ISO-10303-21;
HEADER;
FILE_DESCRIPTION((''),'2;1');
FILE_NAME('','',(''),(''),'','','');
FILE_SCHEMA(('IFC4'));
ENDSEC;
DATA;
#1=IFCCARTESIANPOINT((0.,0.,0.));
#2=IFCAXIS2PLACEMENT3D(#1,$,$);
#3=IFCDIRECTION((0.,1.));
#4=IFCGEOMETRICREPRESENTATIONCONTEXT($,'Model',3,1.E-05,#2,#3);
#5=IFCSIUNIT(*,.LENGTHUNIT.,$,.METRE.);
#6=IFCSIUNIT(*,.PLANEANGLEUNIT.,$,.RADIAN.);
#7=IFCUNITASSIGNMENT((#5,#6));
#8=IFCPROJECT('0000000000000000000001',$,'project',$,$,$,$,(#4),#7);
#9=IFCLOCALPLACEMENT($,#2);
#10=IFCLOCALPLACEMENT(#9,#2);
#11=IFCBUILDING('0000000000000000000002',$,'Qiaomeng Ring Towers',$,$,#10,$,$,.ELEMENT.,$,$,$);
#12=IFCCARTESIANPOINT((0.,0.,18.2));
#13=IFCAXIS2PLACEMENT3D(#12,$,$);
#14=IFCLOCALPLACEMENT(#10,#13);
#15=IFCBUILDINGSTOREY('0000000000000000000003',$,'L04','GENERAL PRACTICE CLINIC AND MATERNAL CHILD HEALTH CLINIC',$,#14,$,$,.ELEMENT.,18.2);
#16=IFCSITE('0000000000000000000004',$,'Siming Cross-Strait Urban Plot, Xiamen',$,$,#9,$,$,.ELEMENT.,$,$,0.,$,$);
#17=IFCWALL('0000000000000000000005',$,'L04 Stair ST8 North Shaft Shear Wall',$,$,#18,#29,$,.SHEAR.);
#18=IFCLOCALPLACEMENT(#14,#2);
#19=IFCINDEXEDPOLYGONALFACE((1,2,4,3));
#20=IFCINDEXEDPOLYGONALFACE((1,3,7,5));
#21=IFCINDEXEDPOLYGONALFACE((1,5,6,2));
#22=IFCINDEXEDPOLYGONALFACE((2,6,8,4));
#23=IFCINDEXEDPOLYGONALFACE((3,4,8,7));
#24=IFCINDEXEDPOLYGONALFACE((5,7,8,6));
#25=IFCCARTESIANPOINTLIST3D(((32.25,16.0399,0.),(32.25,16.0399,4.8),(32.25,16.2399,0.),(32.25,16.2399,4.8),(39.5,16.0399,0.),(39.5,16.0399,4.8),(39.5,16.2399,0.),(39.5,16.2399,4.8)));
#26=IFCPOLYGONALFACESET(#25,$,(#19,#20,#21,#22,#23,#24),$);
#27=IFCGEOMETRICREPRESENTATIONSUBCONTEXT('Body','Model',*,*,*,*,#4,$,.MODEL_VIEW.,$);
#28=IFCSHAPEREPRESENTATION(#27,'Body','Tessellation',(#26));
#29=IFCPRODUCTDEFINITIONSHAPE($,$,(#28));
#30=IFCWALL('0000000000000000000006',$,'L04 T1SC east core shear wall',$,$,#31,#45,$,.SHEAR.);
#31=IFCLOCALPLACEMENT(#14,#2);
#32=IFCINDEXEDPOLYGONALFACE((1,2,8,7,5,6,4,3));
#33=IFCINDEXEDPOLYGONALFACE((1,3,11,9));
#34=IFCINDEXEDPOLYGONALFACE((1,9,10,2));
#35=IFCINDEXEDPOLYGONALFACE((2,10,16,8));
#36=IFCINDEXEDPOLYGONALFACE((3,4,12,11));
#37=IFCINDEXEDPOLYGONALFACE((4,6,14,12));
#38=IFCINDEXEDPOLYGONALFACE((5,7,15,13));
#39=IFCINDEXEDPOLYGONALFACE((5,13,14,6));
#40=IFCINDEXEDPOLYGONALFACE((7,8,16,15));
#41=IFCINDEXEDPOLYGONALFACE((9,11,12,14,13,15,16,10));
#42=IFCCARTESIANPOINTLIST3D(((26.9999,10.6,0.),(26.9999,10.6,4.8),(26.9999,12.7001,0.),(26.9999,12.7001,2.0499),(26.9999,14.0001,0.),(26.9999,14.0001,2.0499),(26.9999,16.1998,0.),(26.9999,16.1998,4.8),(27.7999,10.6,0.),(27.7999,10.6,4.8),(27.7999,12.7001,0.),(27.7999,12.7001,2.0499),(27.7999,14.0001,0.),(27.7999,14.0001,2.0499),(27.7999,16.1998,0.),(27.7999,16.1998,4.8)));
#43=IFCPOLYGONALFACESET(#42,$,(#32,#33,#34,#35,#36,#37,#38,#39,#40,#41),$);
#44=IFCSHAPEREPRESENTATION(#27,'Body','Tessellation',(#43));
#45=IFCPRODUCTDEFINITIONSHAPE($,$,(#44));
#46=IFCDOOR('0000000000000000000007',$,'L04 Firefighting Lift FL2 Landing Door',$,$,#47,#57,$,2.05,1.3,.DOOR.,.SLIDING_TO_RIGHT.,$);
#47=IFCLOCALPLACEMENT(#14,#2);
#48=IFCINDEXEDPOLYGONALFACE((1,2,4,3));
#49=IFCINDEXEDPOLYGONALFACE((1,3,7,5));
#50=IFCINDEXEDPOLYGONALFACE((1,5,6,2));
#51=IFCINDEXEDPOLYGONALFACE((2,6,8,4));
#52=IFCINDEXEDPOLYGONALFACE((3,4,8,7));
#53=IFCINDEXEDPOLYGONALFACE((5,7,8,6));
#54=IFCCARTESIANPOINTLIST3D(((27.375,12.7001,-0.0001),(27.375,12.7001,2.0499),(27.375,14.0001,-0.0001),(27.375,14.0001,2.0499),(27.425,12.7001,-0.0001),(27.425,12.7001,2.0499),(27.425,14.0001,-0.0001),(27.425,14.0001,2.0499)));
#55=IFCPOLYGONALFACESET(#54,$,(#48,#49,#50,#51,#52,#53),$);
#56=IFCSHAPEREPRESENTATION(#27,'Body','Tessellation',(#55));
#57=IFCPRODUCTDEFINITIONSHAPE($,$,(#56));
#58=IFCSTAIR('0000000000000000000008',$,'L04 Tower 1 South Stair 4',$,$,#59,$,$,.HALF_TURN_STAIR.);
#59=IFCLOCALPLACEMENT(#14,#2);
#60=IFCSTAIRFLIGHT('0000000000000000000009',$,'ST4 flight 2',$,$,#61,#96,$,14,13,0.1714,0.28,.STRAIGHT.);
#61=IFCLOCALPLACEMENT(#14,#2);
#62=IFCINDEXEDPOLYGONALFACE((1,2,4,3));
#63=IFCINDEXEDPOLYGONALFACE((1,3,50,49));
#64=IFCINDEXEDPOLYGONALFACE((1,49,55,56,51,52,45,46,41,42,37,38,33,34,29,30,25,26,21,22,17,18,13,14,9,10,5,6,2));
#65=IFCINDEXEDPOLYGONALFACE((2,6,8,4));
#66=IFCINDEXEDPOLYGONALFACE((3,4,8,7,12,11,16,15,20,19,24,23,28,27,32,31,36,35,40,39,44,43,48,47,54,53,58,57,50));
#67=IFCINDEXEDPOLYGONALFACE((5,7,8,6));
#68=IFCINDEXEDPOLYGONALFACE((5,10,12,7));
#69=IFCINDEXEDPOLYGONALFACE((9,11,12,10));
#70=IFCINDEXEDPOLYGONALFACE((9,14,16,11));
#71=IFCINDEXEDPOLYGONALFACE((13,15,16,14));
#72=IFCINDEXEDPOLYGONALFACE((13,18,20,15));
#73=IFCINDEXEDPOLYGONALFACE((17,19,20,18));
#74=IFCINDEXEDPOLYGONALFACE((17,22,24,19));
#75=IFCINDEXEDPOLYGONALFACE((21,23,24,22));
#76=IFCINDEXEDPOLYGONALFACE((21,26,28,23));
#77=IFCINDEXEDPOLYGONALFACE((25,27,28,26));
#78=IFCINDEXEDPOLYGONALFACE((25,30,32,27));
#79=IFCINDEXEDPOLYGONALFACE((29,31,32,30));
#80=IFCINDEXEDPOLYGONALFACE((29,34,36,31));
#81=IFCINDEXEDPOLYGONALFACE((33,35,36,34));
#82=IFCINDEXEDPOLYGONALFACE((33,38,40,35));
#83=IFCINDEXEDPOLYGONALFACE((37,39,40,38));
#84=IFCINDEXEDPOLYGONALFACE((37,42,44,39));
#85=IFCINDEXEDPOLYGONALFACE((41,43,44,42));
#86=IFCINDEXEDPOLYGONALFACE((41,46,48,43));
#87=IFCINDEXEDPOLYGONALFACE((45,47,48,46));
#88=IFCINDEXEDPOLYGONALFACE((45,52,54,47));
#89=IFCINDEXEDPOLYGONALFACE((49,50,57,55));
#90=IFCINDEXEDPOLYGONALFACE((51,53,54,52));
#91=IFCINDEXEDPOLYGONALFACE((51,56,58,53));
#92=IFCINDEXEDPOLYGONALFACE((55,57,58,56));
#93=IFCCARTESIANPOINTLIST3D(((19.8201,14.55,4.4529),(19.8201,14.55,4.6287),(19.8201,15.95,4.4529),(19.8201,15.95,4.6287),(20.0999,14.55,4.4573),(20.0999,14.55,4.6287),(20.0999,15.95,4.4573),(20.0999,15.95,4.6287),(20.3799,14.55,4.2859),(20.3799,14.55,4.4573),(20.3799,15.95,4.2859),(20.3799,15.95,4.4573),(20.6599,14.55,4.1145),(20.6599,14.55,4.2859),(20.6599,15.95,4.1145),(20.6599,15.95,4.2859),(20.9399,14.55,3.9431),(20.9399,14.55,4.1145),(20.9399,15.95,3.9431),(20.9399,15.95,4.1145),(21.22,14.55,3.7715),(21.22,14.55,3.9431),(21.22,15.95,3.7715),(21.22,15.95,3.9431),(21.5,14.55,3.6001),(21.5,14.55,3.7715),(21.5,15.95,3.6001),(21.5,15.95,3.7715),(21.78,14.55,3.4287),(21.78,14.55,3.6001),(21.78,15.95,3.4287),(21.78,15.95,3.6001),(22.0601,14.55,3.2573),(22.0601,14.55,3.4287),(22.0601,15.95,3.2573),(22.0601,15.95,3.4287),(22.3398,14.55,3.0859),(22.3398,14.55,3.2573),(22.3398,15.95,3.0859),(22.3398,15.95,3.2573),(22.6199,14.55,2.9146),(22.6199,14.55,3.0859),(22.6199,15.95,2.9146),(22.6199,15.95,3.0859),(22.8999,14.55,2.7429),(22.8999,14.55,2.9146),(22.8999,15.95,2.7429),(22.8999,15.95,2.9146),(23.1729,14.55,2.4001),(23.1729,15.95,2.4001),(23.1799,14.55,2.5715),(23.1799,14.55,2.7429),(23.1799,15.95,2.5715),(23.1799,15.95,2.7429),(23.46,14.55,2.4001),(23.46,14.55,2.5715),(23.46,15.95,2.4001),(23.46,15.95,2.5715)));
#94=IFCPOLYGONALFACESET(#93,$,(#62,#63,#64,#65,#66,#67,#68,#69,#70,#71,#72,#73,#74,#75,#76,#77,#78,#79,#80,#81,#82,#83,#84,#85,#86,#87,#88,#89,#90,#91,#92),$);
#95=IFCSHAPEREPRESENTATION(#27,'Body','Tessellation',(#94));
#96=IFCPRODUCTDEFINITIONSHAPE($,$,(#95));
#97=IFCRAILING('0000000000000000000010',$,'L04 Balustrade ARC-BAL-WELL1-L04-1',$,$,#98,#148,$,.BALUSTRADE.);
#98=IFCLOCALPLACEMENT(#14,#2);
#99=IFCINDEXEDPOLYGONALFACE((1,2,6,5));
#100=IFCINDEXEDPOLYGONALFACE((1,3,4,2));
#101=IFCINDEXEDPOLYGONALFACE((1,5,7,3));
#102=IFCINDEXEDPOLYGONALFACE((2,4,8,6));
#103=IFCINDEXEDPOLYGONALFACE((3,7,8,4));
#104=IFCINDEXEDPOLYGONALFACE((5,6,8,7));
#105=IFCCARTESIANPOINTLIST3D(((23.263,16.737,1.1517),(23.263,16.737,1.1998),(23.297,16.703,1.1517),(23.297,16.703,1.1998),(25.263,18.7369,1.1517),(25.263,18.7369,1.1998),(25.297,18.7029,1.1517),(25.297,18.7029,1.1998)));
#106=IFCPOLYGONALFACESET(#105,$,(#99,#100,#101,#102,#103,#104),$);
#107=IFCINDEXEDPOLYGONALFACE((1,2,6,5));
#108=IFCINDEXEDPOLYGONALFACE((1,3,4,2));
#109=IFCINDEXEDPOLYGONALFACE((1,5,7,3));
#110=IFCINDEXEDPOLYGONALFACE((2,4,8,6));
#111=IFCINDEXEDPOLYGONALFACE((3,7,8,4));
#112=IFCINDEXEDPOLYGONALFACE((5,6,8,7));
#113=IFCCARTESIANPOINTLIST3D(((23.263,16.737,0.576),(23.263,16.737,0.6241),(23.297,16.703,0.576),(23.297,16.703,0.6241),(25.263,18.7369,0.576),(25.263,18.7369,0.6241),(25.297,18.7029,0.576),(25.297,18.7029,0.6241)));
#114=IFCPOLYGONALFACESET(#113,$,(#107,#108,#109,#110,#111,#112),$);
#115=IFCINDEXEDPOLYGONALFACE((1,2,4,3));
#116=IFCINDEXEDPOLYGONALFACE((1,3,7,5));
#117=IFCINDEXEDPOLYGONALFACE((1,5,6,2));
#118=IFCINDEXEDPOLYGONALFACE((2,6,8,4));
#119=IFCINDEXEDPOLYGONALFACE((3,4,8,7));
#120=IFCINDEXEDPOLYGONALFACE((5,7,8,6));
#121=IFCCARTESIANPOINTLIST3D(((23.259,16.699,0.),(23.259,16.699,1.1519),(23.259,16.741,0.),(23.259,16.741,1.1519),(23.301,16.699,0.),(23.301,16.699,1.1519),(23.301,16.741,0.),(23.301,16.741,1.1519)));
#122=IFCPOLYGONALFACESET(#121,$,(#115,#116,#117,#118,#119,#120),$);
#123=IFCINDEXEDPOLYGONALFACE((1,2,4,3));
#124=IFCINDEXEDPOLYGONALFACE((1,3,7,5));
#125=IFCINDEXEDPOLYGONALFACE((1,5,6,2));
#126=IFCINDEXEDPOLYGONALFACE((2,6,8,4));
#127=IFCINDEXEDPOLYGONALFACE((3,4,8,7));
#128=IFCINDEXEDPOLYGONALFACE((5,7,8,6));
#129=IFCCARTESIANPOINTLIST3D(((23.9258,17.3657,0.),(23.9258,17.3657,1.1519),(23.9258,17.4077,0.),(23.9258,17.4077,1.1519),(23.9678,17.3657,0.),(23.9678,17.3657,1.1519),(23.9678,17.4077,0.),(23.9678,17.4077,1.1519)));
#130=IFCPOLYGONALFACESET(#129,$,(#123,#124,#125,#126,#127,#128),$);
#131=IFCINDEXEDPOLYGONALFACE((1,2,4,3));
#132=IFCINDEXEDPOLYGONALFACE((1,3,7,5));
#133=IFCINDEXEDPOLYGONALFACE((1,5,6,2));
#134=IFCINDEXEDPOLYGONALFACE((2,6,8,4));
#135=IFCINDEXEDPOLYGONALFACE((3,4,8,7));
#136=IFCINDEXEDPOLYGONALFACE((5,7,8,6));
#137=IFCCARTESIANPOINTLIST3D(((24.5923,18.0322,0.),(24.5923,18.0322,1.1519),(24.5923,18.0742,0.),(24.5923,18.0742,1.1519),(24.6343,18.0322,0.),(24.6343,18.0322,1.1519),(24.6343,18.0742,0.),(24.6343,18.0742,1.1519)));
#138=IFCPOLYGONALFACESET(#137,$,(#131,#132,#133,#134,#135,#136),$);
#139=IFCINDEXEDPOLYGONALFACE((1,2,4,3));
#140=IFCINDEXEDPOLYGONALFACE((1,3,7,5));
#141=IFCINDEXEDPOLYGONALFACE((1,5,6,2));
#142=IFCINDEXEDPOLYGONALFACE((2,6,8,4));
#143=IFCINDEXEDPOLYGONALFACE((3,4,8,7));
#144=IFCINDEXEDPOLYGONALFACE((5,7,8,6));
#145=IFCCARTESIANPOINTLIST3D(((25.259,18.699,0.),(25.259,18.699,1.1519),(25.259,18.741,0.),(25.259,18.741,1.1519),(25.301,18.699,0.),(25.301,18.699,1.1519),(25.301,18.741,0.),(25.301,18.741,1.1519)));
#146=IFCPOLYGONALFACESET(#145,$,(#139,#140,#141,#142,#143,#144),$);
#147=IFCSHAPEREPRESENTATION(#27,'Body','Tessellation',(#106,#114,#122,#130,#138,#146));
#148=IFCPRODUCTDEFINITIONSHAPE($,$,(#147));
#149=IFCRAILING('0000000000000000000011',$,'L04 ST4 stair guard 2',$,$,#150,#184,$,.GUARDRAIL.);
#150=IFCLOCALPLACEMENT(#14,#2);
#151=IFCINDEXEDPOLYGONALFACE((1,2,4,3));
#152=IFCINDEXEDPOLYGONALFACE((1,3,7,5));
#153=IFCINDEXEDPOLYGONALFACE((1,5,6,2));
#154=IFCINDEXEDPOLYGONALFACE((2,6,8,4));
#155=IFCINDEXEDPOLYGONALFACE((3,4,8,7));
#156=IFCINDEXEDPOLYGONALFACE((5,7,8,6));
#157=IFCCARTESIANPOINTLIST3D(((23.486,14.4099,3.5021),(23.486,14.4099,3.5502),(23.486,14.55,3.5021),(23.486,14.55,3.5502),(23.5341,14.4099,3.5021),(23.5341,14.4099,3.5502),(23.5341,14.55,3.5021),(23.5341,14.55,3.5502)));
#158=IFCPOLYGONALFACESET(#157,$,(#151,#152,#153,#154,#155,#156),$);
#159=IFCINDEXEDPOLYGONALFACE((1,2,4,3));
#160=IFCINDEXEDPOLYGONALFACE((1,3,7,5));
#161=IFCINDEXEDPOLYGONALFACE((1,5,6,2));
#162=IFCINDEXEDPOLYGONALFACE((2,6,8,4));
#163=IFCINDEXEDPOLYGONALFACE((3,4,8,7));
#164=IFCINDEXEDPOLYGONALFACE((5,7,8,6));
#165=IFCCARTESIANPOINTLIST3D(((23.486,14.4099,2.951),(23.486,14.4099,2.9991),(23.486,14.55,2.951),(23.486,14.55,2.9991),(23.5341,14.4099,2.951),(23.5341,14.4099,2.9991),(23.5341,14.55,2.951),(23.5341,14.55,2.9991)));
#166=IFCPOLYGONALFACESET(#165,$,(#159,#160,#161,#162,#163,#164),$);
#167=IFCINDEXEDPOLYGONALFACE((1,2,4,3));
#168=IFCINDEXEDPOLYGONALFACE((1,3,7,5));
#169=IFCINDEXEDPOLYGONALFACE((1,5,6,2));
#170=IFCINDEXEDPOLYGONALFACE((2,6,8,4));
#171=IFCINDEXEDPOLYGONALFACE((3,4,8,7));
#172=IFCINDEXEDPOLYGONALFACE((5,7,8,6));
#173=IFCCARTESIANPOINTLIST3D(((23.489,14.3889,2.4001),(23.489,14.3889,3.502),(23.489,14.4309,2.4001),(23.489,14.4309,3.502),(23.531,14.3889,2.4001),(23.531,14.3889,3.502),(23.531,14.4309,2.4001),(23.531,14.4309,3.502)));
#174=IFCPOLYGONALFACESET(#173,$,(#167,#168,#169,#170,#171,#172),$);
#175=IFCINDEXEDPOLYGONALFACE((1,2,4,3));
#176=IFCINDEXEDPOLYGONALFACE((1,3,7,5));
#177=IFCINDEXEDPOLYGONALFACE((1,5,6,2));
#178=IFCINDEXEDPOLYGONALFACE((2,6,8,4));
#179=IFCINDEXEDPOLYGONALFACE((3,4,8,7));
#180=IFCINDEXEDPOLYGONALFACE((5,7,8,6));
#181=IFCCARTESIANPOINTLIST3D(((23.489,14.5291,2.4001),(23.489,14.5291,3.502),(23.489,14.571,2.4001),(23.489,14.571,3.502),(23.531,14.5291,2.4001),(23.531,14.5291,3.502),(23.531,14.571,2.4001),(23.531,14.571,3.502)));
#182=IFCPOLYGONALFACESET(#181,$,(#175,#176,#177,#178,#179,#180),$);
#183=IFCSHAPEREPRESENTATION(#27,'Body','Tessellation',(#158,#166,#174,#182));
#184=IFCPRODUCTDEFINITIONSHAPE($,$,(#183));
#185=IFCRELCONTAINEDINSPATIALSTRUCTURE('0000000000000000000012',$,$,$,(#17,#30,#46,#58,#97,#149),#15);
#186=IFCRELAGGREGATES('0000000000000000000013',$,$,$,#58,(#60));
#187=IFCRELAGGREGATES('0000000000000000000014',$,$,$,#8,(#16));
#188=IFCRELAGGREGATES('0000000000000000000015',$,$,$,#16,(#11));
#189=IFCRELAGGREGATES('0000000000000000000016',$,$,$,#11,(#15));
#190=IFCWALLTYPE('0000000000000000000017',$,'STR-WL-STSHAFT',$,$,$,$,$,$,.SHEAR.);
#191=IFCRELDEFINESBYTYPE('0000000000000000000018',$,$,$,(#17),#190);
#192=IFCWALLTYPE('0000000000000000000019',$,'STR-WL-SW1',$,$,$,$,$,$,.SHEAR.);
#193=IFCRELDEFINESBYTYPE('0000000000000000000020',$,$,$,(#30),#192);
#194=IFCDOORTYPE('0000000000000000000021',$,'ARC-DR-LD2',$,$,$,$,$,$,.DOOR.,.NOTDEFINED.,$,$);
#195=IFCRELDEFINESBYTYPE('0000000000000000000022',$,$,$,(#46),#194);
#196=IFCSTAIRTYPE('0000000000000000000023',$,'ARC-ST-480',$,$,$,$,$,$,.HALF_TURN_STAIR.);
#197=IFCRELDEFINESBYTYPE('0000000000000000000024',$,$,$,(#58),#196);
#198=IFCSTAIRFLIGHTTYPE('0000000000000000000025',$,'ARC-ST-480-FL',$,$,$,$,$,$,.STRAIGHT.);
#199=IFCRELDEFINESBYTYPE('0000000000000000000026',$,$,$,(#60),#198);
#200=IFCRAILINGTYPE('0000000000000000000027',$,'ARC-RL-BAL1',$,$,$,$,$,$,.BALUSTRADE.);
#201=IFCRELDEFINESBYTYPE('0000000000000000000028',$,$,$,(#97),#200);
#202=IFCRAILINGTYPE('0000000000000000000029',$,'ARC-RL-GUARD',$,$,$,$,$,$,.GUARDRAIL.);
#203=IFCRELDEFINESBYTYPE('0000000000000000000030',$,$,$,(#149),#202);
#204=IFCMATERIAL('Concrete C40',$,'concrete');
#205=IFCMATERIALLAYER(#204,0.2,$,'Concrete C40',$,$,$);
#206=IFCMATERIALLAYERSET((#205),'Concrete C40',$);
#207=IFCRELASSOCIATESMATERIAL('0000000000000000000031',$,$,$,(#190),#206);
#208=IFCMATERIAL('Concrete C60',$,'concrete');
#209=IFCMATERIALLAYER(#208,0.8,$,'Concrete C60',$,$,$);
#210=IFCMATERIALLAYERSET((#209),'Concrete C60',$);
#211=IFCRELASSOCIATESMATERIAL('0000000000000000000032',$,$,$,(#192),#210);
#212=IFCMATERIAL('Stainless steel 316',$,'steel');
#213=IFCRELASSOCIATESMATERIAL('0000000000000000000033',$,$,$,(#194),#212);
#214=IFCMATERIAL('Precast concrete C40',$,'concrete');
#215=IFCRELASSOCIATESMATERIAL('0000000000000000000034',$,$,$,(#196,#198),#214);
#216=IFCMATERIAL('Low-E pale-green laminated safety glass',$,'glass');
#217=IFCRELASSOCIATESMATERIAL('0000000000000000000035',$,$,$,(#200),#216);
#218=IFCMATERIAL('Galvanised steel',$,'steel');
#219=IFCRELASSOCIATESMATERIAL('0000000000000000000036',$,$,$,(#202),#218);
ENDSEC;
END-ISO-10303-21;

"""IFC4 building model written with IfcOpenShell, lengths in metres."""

from ifc_helpers import new_model, si_unit, direction, frame, frame_2d, origin, origin_2d, place, context, subcontext, project, spatial, polyline, rectangle, outline, extrude, source, transform, mapped, material, layer, layer_set, type_object, element, fill, aggregate, save


model = new_model("IFC4")

# Units and contexts
model_context = context("Model", 3, precision=1e-05, world=origin(), true_north=direction((0.0, 1.0)))
body_context = subcontext(model_context, "Body", "Model", "MODEL_VIEW")
ifc_project = project(units=[si_unit("LENGTHUNIT", "METRE"), si_unit("PLANEANGLEUNIT", "RADIAN")], contexts=[model_context])

# Site, building, storey
site_placement = place(None, origin())
site = spatial("IfcSite", under=ifc_project, at=site_placement, Name="Siming Cross-Strait Urban Plot, Xiamen", CompositionType="ELEMENT", RefElevation=0.0)
building_placement = place(site_placement, origin())
building = spatial("IfcBuilding", under=site, at=building_placement, Name="Qiaomeng Ring Towers", CompositionType="ELEMENT")
storey_placement = place(building_placement, frame((0.0, 0.0, 18.2)))
storey = spatial("IfcBuildingStorey", under=building, at=storey_placement, Name="L04", Description="GENERAL PRACTICE CLINIC AND MATERNAL CHILD HEALTH CLINIC", CompositionType="ELEMENT", Elevation=18.2)

# Shared definitions
ifc_material_1 = material(Name="Concrete C60", Category="concrete")

# Shared definitions
ifc_material_2 = material(Name="Concrete C40", Category="concrete")

# Shared definitions
ifc_material_3 = material(Name="Galvanised steel", Category="steel")

# Wall
ifc_layer_1 = layer(ifc_material_2, 0.2, Name="Concrete C40")
ifc_layer_set_1 = layer_set([ifc_layer_1], Name="Concrete C40")
wall_type_1 = type_object("IfcWallType", Name="STR-WL-STSHAFT", PredefinedType="SHEAR", material=ifc_layer_set_1)
for number, where, z_axis, x_axis, name in (
    (1, (32.25, 16.1399, 0.0), (0.0, 0.0, 1.0), (1.0, 0.0, 0.0), "L04 Stair ST8 North Shaft Shear Wall"),
):
    element("IfcWall", number, at=place(storey_placement, frame(where, z_axis=z_axis, x_axis=x_axis)), inside=storey, type_object=wall_type_1, Name=name, PredefinedType="SHEAR", context=body_context, shape_type="SweptSolid", body=[
        extrude(rectangle(XDim=7.25, YDim=0.2, at=frame_2d((3.625, 0.0))), origin(), (0.0, 0.0, 1.0), 4.8),
    ])

# Wall, opening, door
ifc_layer_2 = layer(ifc_material_1, 0.8, Name="Concrete C60")
ifc_layer_set_2 = layer_set([ifc_layer_2], Name="Concrete C60")
wall_type_2 = type_object("IfcWallType", Name="STR-WL-SW1", PredefinedType="SHEAR", material=ifc_layer_set_2)
wall_1_placement = place(storey_placement, frame((27.3999, 10.6001, 0.0), z_axis=(0.0, 0.0, 1.0), x_axis=(0.0, 1.0, 0.0)))
wall_1 = element("IfcWall", 2, at=wall_1_placement, inside=storey, type_object=wall_type_2, Name="L04 T1SC east core shear wall", PredefinedType="SHEAR", context=body_context, shape_type="SweptSolid", body=[
    extrude(rectangle(XDim=5.5999, YDim=0.8, at=frame_2d((2.7998, 0.0))), origin(), (0.0, 0.0, 1.0), 4.8),
])
opening_1_placement = place(wall_1_placement, frame((2.1001, 0.0, 0.0)))
opening_1 = element("IfcOpeningElement", 3, at=opening_1_placement, cuts=wall_1, PredefinedType="OPENING", context=body_context, shape_type="SweptSolid", body=[
    extrude(rectangle(XDim=1.3, YDim=2.05, at=frame_2d((0.6499, 1.0249))), frame((0.0, 0.4099, 0.0), z_axis=(0.0, -1.0, 0.0), x_axis=(1.0, 0.0, 0.0)), (0.0, 0.0, 1.0), 0.8201),
])
ifc_material_4 = material(Name="Stainless steel 316", Category="steel")
door_type_1 = type_object("IfcDoorType", Name="ARC-DR-LD2", OperationType="NOTDEFINED", PredefinedType="DOOR", material=ifc_material_4)
shared_shape_1 = source(origin(), body_context, "Body", "SweptSolid", [
    extrude(rectangle(XDim=1.3, YDim=2.05, at=frame_2d((0.6499, 1.0249))), frame((0.0, 0.0249, 0.0), z_axis=(0.0, -1.0, 0.0), x_axis=(1.0, 0.0, 0.0)), (0.0, 0.0, 1.0), 0.05),
])
door_1_placement = place(opening_1_placement, origin())
door_1 = element("IfcDoor", 4, at=door_1_placement, inside=storey, type_object=door_type_1, Name="L04 Firefighting Lift FL2 Landing Door", OperationType="SLIDING_TO_RIGHT", OverallHeight=2.05, OverallWidth=1.3, PredefinedType="DOOR", context=body_context, shape_type="MappedRepresentation", body=[
    mapped(shared_shape_1, transform((0.0, 0.0, 0.0), x_axis=(1.0, 0.0, 0.0), y_axis=(0.0, 1.0, 0.0), z_axis=(0.0, 0.0, 1.0), scale=1.0)),
])
fill(opening_1, door_1)

# Stair, stair flight
ifc_material_5 = material(Name="Precast concrete C40", Category="concrete")
stair_type = type_object("IfcStairType", Name="ARC-ST-480", PredefinedType="HALF_TURN_STAIR", material=ifc_material_5)
stair_placement = place(storey_placement, origin())
stair = element("IfcStair", 5, at=stair_placement, inside=storey, type_object=stair_type, Name="L04 Tower 1 South Stair 4", PredefinedType="HALF_TURN_STAIR")
stair_flight_type = type_object("IfcStairFlightType", Name="ARC-ST-480-FL", PredefinedType="STRAIGHT", material=ifc_material_5)
shared_shape_2 = source(origin(), body_context, "Body", "SweptSolid", [
    extrude(outline(polyline([(0.0, 0.0), (0.0, 0.1714), (0.28, 0.1714), (0.28, 0.3428), (0.5601, 0.3428), (0.5601, 0.5144), (0.8401, 0.5144), (0.8401, 0.6858), (1.1201, 0.6858), (1.1201, 0.8572), (1.3999, 0.8572), (1.3999, 1.0286), (1.6799, 1.0286), (1.6799, 1.2), (1.96, 1.2), (1.96, 1.3713), (2.24, 1.3713), (2.24, 1.543), (2.52, 1.543), (2.52, 1.7144), (2.8, 1.7144), (2.8, 1.8857), (3.0801, 1.8857), (3.0801, 2.0571), (3.3601, 2.0571), (3.3601, 2.2285), (3.6399, 2.2285), (3.6399, 2.3999), (3.6399, 2.0527), (0.2871, 0.0), (0.0, 0.0)])), frame((0.0, 0.7, 0.0), z_axis=(0.0, -1.0, 0.0), x_axis=(1.0, 0.0, 0.0)), (0.0, 0.0, 1.0), 1.3999),
])
stair_flight_placement = place(storey_placement, frame((23.46, 15.25, 2.4001), z_axis=(0.0, 0.0, 1.0), x_axis=(-1.0, 0.0, 0.0)))
stair_flight = element("IfcStairFlight", 6, at=stair_flight_placement, type_object=stair_flight_type, Name="ST4 flight 2", NumberOfRisers=14, NumberOfTreads=13, PredefinedType="STRAIGHT", RiserHeight=0.1714, TreadLength=0.28, context=body_context, shape_type="MappedRepresentation", body=[
    mapped(shared_shape_2, transform((0.0, 0.0, 0.0), x_axis=(1.0, 0.0, 0.0), y_axis=(0.0, 1.0, 0.0), z_axis=(0.0, 0.0, 1.0), scale=1.0)),
])
aggregate(stair, [stair_flight])

# Railings
ifc_material_6 = material(Name="Low-E pale-green laminated safety glass", Category="glass")
railing_type_1 = type_object("IfcRailingType", Name="ARC-RL-BAL1", PredefinedType="BALUSTRADE", material=ifc_material_6)
railing_1_placement = place(storey_placement, frame((23.28, 16.72, 0.0)))
element("IfcRailing", 7, at=railing_1_placement, inside=storey, type_object=railing_type_1, Name="L04 Balustrade ARC-BAL-WELL1-L04-1", PredefinedType="BALUSTRADE", context=body_context, shape_type="SweptSolid", body=[
    extrude(rectangle(XDim=0.0481, YDim=0.0481, at=origin_2d()), frame((0.0, 0.0, 1.1758), z_axis=(0.707107, 0.707107, 0.0), x_axis=(-0.707107, 0.707107, 0.0)), (0.0, 0.0, 1.0), 2.8284),
    extrude(rectangle(XDim=0.0481, YDim=0.0481, at=origin_2d()), frame((0.0, 0.0, 0.6001), z_axis=(0.707107, 0.707107, 0.0), x_axis=(-0.707107, 0.707107, 0.0)), (0.0, 0.0, 1.0), 2.8284),
    extrude(rectangle(XDim=0.042, YDim=0.042, at=origin_2d()), origin(), (0.0, 0.0, 1.0), 1.1519),
    extrude(rectangle(XDim=0.042, YDim=0.042, at=origin_2d()), frame((0.6667, 0.6667, 0.0)), (0.0, 0.0, 1.0), 1.1519),
    extrude(rectangle(XDim=0.042, YDim=0.042, at=origin_2d()), frame((1.3333, 1.3333, 0.0)), (0.0, 0.0, 1.0), 1.1519),
    extrude(rectangle(XDim=0.042, YDim=0.042, at=origin_2d()), frame((2.0, 2.0, 0.0)), (0.0, 0.0, 1.0), 1.1519),
])
railing_type_2 = type_object("IfcRailingType", Name="ARC-RL-GUARD", PredefinedType="GUARDRAIL", material=ifc_material_3)
railing_2_placement = place(storey_placement, frame((23.51, 14.4099, 2.4001)))
element("IfcRailing", 8, at=railing_2_placement, inside=storey, type_object=railing_type_2, Name="L04 ST4 stair guard 2", PredefinedType="GUARDRAIL", context=body_context, shape_type="SweptSolid", body=[
    extrude(rectangle(XDim=0.0481, YDim=0.0481, at=origin_2d()), frame((0.0, 0.0, 1.126), z_axis=(0.0, 1.0, 0.0), x_axis=(-1.0, 0.0, 0.0)), (0.0, 0.0, 1.0), 0.1401),
    extrude(rectangle(XDim=0.0481, YDim=0.0481, at=origin_2d()), frame((0.0, 0.0, 0.575), z_axis=(0.0, 1.0, 0.0), x_axis=(-1.0, 0.0, 0.0)), (0.0, 0.0, 1.0), 0.1401),
    extrude(rectangle(XDim=0.042, YDim=0.042, at=origin_2d()), origin(), (0.0, 0.0, 1.0), 1.1018),
    extrude(rectangle(XDim=0.042, YDim=0.042, at=origin_2d()), frame((0.0, 0.1401, 0.0)), (0.0, 0.0, 1.0), 1.1018),
])

save(model, "model.ifc")
